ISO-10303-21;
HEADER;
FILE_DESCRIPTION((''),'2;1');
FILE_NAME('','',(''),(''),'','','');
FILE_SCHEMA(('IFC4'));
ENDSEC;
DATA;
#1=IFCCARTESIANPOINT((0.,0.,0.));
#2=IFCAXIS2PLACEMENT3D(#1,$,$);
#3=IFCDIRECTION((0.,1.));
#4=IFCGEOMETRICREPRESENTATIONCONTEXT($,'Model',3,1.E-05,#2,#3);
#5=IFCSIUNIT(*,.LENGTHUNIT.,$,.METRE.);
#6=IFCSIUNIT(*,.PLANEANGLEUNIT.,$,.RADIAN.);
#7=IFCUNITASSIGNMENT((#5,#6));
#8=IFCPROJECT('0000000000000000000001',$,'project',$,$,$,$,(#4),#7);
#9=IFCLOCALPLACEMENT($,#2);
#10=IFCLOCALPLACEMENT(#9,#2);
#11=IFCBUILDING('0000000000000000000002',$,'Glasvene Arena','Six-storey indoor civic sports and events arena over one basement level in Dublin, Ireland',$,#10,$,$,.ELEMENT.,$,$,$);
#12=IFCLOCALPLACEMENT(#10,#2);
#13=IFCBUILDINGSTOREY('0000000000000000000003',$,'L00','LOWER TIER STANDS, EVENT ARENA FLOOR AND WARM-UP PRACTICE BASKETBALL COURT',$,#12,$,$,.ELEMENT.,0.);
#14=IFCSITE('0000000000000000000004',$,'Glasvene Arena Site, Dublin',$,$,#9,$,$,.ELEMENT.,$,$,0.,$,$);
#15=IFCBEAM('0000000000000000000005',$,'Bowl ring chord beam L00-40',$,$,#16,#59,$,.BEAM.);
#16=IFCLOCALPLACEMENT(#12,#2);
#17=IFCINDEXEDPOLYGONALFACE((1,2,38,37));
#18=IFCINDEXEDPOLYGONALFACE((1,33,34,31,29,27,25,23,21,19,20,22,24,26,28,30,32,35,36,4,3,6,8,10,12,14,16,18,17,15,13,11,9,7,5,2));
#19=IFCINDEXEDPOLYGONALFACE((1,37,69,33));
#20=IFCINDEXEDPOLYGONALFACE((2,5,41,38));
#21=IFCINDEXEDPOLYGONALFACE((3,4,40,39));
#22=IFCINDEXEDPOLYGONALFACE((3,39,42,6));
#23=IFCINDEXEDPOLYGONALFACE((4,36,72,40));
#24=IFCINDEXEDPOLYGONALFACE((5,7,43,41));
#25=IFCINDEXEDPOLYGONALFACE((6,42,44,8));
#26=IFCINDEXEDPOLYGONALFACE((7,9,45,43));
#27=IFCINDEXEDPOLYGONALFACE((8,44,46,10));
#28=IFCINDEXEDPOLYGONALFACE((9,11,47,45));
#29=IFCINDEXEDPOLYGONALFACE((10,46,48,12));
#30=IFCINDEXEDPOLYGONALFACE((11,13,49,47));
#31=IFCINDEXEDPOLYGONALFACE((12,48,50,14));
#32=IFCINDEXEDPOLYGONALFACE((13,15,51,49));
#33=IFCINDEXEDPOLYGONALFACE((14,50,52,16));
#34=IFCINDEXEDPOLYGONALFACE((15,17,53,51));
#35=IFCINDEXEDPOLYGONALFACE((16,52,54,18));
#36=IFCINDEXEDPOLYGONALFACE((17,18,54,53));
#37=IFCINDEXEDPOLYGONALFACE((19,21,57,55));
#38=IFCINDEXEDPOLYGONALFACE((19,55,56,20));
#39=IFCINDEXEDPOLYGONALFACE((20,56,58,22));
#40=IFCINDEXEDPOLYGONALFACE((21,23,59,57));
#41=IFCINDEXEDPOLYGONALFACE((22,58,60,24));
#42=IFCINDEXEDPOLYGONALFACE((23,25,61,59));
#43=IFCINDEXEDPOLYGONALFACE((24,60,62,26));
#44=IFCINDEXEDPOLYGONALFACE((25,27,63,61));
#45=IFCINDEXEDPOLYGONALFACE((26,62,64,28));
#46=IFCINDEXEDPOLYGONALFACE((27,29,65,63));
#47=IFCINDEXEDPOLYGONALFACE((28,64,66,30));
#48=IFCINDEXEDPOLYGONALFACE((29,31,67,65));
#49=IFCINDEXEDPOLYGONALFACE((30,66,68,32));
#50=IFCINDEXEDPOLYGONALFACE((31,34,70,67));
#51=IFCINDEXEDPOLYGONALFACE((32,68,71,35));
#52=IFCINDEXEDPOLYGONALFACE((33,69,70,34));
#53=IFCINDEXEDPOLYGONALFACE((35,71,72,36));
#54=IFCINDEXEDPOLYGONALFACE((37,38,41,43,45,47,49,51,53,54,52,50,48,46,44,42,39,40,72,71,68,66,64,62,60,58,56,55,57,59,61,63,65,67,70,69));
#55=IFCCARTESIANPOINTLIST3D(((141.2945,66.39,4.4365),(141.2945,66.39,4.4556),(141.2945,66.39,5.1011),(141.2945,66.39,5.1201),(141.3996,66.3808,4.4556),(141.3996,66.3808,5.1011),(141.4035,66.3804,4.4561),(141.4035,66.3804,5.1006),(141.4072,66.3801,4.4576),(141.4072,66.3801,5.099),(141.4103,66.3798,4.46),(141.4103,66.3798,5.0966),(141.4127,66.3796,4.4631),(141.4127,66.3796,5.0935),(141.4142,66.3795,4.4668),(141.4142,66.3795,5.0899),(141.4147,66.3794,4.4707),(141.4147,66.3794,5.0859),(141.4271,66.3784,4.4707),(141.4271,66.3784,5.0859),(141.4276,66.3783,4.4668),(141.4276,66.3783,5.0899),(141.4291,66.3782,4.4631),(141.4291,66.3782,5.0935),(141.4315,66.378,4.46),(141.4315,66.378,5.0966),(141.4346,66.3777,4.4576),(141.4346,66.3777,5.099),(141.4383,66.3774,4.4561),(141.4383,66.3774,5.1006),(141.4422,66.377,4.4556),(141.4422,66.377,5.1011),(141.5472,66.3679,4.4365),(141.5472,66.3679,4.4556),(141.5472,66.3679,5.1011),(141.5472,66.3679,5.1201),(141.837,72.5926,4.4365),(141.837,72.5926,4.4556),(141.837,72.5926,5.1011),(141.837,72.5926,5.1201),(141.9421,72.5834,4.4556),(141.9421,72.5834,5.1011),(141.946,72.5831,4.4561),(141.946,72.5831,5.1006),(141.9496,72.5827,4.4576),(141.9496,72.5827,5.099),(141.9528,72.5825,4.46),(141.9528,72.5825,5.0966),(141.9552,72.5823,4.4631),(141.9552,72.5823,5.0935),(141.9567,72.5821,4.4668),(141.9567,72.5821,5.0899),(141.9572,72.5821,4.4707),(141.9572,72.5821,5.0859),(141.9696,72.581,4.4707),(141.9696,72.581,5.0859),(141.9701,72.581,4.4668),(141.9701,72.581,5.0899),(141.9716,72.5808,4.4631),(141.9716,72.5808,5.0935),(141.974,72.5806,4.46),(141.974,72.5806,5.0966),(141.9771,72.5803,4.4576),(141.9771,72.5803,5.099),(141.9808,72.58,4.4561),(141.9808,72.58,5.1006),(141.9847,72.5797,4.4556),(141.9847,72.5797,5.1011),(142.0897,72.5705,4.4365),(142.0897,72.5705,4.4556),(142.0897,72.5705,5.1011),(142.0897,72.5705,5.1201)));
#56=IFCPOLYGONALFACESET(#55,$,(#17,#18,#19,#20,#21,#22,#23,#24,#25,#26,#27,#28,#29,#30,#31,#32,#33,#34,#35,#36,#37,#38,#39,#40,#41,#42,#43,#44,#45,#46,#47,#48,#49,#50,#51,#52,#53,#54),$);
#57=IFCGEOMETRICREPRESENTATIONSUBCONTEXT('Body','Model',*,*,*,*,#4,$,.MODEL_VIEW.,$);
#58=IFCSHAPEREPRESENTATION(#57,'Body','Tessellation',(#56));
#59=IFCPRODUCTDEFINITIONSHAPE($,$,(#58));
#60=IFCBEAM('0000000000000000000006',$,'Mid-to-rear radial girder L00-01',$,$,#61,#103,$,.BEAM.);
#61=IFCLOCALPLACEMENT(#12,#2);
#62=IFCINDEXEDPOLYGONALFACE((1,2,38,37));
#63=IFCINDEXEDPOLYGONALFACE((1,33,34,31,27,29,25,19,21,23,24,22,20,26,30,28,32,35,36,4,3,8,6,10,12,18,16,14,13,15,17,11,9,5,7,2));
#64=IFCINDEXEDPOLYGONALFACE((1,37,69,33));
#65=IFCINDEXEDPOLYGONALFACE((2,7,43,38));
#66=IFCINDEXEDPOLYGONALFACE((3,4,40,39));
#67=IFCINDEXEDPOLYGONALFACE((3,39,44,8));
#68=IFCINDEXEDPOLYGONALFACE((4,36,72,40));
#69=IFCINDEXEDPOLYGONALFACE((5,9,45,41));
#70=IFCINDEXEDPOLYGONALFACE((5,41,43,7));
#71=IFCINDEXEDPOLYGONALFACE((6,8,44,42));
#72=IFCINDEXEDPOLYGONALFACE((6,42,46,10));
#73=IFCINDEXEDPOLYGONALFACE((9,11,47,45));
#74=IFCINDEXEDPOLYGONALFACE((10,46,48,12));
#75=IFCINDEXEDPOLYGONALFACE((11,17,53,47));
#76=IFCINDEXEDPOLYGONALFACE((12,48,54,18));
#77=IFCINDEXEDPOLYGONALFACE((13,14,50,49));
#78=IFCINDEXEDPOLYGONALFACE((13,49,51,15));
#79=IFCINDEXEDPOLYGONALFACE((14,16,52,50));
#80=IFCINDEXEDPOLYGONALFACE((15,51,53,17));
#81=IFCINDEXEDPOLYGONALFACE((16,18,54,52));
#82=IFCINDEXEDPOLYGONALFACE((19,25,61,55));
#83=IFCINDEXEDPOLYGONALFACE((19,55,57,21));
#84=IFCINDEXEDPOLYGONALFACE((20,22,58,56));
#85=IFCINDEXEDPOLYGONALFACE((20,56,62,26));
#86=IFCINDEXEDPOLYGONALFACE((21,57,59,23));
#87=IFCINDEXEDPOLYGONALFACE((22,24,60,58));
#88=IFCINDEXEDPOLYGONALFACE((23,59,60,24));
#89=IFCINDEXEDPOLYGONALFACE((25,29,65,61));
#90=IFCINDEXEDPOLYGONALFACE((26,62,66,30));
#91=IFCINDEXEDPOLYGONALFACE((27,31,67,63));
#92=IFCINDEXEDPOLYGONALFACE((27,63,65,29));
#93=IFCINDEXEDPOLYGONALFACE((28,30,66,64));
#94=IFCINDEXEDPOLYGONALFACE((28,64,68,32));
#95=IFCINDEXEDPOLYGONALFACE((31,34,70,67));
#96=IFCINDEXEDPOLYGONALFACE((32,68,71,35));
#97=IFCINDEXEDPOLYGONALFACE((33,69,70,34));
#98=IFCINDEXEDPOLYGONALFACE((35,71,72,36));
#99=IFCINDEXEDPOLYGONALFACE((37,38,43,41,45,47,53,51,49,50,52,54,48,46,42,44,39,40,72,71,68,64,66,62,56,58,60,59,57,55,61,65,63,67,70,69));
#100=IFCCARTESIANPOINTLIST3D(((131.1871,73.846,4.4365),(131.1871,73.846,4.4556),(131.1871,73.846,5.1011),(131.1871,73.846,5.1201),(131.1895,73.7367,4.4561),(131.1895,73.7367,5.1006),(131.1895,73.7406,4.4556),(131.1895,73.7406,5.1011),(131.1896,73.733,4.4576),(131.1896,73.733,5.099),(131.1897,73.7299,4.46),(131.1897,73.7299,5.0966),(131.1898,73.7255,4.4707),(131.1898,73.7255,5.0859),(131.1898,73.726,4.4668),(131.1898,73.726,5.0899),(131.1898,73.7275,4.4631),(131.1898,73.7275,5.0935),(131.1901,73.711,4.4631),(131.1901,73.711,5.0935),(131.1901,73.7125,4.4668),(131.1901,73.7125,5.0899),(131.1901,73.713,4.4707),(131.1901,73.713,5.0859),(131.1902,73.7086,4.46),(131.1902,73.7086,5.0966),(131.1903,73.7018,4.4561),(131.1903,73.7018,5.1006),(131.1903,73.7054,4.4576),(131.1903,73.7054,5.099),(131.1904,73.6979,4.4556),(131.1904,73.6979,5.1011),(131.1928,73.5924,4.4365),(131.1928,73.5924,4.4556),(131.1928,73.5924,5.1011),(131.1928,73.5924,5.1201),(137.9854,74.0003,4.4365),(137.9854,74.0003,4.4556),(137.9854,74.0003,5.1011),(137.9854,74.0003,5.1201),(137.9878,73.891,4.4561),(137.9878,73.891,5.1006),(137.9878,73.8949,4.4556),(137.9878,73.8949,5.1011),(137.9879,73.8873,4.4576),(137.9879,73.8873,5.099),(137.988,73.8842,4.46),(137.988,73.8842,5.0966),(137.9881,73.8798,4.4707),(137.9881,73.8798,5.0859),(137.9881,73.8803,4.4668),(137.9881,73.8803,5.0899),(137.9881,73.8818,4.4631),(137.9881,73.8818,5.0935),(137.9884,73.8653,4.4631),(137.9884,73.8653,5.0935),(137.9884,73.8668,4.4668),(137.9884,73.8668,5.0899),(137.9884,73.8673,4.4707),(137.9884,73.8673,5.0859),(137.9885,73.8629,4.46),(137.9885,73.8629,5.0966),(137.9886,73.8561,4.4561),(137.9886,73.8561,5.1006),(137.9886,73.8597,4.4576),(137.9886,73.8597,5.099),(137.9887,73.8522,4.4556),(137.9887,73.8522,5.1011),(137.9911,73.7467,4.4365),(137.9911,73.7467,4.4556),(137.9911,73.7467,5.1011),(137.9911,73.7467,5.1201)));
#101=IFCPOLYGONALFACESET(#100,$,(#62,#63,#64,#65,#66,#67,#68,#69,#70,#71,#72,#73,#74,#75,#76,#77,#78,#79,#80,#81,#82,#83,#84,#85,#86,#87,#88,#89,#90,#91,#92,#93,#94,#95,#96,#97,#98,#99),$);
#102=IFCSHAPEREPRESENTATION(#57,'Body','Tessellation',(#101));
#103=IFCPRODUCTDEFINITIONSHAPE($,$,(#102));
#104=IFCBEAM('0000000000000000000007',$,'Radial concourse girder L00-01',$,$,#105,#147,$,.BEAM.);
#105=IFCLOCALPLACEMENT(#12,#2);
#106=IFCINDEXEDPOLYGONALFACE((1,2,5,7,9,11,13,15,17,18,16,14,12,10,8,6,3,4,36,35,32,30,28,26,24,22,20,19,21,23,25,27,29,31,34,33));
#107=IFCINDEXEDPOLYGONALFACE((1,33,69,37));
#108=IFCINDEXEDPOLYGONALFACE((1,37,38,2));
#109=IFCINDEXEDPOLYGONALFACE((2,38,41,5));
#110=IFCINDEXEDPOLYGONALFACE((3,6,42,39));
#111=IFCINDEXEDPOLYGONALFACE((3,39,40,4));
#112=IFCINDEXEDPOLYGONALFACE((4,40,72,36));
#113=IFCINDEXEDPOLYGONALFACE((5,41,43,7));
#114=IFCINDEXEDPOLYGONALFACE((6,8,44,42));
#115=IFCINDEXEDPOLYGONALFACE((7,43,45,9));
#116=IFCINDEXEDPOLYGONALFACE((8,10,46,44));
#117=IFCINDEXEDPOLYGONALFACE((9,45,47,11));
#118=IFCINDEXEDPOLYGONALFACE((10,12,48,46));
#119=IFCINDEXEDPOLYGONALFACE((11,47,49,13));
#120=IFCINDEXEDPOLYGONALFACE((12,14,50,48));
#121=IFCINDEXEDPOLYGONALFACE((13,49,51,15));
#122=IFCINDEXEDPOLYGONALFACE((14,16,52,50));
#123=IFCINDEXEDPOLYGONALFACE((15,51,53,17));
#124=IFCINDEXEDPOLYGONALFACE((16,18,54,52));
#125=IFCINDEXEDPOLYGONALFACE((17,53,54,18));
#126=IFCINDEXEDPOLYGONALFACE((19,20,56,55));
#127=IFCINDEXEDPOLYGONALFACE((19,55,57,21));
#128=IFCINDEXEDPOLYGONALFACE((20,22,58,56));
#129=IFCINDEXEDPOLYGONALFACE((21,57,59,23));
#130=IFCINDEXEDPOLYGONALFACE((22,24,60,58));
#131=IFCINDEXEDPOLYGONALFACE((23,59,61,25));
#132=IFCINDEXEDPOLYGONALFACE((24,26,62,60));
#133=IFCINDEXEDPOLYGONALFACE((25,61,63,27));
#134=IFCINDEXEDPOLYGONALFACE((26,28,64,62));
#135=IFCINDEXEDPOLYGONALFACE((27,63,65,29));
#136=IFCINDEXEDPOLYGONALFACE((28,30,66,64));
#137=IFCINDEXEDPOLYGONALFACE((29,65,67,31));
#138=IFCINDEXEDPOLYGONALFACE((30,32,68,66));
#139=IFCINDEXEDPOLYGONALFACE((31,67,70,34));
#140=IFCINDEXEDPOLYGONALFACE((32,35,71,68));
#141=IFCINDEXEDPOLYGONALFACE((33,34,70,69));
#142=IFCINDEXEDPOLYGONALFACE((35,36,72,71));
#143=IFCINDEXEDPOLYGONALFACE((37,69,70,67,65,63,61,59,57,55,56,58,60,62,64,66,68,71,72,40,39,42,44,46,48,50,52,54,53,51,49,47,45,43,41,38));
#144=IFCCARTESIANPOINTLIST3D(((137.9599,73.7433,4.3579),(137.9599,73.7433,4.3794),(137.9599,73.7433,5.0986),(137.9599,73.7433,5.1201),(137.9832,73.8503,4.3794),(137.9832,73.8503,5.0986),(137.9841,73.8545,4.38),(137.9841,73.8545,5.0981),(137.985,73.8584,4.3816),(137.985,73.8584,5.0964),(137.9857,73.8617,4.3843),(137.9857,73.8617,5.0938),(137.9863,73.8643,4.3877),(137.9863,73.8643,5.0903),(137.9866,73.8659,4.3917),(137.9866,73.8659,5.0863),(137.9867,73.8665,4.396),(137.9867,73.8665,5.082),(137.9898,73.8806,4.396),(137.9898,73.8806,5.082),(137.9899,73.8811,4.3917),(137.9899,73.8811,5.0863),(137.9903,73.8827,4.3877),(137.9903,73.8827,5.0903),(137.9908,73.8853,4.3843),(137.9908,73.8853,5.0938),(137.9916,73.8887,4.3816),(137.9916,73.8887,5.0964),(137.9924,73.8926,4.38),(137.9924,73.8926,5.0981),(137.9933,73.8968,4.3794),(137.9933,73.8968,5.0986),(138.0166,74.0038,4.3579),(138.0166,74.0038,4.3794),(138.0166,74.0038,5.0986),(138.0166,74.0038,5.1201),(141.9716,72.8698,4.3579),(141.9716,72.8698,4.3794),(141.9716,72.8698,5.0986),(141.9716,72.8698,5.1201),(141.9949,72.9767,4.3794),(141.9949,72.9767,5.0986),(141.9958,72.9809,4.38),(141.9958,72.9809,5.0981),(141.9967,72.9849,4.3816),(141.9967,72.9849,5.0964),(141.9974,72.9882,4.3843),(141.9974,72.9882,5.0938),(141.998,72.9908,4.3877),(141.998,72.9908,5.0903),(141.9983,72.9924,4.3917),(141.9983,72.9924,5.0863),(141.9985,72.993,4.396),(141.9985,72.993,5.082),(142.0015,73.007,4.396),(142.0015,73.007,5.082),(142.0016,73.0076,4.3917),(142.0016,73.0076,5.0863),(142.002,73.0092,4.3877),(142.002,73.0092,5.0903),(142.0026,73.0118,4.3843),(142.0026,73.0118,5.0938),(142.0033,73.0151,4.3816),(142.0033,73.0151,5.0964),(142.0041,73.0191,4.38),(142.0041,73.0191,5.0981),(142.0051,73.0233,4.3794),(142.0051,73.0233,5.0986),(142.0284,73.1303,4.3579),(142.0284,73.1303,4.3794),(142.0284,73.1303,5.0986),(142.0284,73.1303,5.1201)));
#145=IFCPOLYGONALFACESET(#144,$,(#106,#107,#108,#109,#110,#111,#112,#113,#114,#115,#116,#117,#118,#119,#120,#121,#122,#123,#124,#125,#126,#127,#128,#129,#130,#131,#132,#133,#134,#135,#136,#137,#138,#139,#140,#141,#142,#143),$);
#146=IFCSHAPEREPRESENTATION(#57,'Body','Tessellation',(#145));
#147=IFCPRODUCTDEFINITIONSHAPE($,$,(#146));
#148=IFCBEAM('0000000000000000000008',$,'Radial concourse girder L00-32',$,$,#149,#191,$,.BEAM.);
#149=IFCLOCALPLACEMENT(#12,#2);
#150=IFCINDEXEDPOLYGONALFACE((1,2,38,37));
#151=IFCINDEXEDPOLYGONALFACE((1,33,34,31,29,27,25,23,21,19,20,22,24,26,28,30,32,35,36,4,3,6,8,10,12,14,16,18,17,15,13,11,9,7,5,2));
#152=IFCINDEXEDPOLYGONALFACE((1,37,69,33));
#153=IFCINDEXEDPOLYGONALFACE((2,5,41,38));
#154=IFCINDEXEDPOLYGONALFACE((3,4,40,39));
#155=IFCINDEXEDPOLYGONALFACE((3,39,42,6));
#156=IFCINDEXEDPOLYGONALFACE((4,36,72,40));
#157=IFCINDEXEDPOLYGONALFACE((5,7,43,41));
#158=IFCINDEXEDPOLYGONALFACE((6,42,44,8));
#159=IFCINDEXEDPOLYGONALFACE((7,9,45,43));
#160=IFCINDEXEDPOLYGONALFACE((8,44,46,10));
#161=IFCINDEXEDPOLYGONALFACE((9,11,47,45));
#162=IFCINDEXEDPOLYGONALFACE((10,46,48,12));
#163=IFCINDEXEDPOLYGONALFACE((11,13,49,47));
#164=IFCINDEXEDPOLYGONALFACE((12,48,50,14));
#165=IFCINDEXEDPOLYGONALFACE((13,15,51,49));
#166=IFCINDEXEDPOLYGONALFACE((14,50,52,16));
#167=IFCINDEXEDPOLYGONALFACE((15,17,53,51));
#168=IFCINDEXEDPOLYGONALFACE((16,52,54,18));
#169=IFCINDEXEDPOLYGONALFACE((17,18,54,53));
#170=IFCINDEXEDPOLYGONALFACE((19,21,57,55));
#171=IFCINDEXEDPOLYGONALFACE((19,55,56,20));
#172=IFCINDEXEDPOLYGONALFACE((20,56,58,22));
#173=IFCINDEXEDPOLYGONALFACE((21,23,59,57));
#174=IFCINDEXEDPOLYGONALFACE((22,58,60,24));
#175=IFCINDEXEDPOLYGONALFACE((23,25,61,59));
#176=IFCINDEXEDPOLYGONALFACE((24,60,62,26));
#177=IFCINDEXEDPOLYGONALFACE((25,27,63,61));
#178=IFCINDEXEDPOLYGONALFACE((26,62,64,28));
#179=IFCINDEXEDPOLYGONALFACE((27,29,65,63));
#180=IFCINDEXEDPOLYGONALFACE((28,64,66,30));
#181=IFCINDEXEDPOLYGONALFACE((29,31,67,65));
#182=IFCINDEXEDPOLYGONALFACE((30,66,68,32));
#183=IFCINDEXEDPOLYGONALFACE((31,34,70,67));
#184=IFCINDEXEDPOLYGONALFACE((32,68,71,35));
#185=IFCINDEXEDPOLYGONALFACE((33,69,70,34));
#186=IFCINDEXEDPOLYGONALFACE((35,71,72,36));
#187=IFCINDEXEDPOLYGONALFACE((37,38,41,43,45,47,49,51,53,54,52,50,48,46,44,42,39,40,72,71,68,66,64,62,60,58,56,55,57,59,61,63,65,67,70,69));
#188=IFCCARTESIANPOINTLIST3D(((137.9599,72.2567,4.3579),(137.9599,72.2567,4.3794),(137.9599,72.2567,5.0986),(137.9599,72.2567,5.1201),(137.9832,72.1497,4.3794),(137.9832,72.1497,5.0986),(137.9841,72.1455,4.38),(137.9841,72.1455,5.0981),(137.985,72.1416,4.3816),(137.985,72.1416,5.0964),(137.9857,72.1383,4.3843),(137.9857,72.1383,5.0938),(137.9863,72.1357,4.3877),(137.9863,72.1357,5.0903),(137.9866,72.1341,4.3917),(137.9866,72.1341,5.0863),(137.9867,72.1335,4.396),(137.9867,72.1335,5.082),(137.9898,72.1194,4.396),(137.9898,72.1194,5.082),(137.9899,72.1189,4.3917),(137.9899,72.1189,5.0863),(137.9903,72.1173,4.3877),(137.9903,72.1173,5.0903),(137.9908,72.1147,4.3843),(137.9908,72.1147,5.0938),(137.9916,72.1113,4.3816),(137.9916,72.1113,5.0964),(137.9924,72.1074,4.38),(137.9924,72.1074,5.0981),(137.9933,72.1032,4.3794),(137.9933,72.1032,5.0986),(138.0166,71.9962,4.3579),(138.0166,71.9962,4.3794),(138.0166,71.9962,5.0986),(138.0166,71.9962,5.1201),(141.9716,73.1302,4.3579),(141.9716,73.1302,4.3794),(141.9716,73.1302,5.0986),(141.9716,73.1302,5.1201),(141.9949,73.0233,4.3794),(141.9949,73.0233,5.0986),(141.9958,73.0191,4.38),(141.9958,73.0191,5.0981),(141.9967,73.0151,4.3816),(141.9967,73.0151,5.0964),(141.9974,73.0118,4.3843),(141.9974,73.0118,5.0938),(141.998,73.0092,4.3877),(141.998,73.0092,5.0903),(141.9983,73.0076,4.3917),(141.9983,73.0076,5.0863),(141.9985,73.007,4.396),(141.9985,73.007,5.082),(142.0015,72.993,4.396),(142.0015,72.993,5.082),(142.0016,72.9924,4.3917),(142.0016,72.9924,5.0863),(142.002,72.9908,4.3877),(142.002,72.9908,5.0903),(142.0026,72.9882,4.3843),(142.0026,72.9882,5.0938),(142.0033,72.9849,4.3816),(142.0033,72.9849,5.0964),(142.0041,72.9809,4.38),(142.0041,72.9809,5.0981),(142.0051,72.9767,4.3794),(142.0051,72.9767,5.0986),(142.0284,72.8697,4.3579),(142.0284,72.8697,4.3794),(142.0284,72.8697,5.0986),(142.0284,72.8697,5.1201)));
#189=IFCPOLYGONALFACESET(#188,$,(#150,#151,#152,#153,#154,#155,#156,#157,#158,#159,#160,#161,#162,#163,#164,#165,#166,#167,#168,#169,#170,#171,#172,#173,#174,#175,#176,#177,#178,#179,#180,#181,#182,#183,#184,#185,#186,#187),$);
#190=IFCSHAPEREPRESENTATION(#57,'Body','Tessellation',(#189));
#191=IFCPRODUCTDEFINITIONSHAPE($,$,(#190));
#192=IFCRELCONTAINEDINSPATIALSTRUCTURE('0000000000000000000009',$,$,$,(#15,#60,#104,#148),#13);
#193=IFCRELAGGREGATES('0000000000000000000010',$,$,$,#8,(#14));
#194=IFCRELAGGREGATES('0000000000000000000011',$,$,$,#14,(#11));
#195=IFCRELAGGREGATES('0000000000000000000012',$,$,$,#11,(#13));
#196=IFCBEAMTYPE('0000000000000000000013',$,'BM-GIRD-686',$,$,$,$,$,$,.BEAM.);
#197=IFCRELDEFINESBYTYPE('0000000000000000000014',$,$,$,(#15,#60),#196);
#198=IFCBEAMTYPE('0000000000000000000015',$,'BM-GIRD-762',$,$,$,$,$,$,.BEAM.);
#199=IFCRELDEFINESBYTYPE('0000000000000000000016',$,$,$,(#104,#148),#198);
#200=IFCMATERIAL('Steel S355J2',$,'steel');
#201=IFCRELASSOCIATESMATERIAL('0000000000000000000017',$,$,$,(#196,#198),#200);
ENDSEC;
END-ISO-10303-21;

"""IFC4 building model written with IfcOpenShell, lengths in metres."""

from ifc_helpers import new_model, si_unit, direction, frame, origin, origin_2d, place, context, subcontext, project, spatial, i_section, extrude, material, material_profile, profile_set, type_object, element, save


model = new_model("IFC4")

# Units and contexts
model_context = context("Model", 3, precision=1e-05, world=origin(), true_north=direction((0.0, 1.0)))
body_context = subcontext(model_context, "Body", "Model", "MODEL_VIEW")
ifc_project = project(units=[si_unit("LENGTHUNIT", "METRE"), si_unit("PLANEANGLEUNIT", "RADIAN")], contexts=[model_context])

# Site, building, storey
site_placement = place(None, origin())
site = spatial("IfcSite", under=ifc_project, at=site_placement, Name="Glasvene Arena Site, Dublin", CompositionType="ELEMENT", RefElevation=0.0)
building_placement = place(site_placement, origin())
building = spatial("IfcBuilding", under=site, at=building_placement, Name="Glasvene Arena", Description="Six-storey indoor civic sports and events arena over one basement level in Dublin, Ireland", CompositionType="ELEMENT")
storey_placement = place(building_placement, origin())
storey = spatial("IfcBuildingStorey", under=building, at=storey_placement, Name="L00", Description="LOWER TIER STANDS, EVENT ARENA FLOOR AND WARM-UP PRACTICE BASKETBALL COURT", CompositionType="ELEMENT", Elevation=0.0)

# Shared definitions
ifc_material_1 = material(Name="Steel S355J2", Category="steel")

# Beams
ifc_material_profile_1 = material_profile(ifc_material_1, i_section(OverallWidth=0.2537, OverallDepth=0.6836, WebThickness=0.0125, FlangeThickness=0.019, FilletRadius=0.0151, at=origin_2d()), Name="UKB 686x254x140")
ifc_profile_set_1 = profile_set([ifc_material_profile_1], Name="Steel S355J2")
beam_type_1 = type_object("IfcBeamType", Name="BM-GIRD-686", PredefinedType="BEAM", material=ifc_profile_set_1)
for number, where, z_axis, x_axis, name in (
    (1, (141.4209, 66.3789, 4.7783), (0.087127, 0.996197, 0.0), (-0.996197, 0.087127, 0.0), "Bowl ring chord beam L00-40"),
):
    element("IfcBeam", number, at=place(storey_placement, frame(where, z_axis=z_axis, x_axis=x_axis)), inside=storey, type_object=beam_type_1, Name=name, PredefinedType="BEAM", context=body_context, shape_type="SweptSolid", body=[
        extrude(i_section(OverallWidth=0.2537, OverallDepth=0.6836, WebThickness=0.0125, FlangeThickness=0.019, FilletRadius=0.0151, at=origin_2d()), origin(), (0.0, 0.0, 1.0), 6.2263),
    ])
beam_1_placement = place(storey_placement, frame((131.1899, 73.7192, 4.7783), z_axis=(0.999743, 0.02269, 0.0), x_axis=(-0.02269, 0.999743, 0.0)))
element("IfcBeam", 2, at=beam_1_placement, inside=storey, type_object=beam_type_1, Name="Mid-to-rear radial girder L00-01", PredefinedType="BEAM", context=body_context, shape_type="SweptSolid", body=[
    extrude(i_section(OverallWidth=0.2537, OverallDepth=0.6836, WebThickness=0.0125, FlangeThickness=0.019, FilletRadius=0.0151, at=origin_2d()), origin(), (0.0, 0.0, 1.0), 6.8),
])
ifc_material_profile_2 = material_profile(ifc_material_1, i_section(OverallWidth=0.2666, OverallDepth=0.7622, WebThickness=0.0144, FlangeThickness=0.0215, FilletRadius=0.0166, at=origin_2d()), Name="UKB 762x267x173")
ifc_profile_set_2 = profile_set([ifc_material_profile_2], Name="Steel S355J2")
beam_type_2 = type_object("IfcBeamType", Name="BM-GIRD-762", PredefinedType="BEAM", material=ifc_profile_set_2)
for number, where, z_axis, x_axis, name in (
    (3, (137.9883, 73.8735, 4.739), (0.977104, -0.21276, 0.0), (0.21276, 0.977104, 0.0), "Radial concourse girder L00-01"),
    (4, (137.9883, 72.1265, 4.739), (0.977104, 0.21276, 0.0), (-0.21276, 0.977104, 0.0), "Radial concourse girder L00-32"),
):
    element("IfcBeam", number, at=place(storey_placement, frame(where, z_axis=z_axis, x_axis=x_axis)), inside=storey, type_object=beam_type_2, Name=name, PredefinedType="BEAM", context=body_context, shape_type="SweptSolid", body=[
        extrude(i_section(OverallWidth=0.2666, OverallDepth=0.7622, WebThickness=0.0144, FlangeThickness=0.0215, FilletRadius=0.0166, at=origin_2d()), origin(), (0.0, 0.0, 1.0), 4.1057),
    ])

save(model, "model.ifc")
